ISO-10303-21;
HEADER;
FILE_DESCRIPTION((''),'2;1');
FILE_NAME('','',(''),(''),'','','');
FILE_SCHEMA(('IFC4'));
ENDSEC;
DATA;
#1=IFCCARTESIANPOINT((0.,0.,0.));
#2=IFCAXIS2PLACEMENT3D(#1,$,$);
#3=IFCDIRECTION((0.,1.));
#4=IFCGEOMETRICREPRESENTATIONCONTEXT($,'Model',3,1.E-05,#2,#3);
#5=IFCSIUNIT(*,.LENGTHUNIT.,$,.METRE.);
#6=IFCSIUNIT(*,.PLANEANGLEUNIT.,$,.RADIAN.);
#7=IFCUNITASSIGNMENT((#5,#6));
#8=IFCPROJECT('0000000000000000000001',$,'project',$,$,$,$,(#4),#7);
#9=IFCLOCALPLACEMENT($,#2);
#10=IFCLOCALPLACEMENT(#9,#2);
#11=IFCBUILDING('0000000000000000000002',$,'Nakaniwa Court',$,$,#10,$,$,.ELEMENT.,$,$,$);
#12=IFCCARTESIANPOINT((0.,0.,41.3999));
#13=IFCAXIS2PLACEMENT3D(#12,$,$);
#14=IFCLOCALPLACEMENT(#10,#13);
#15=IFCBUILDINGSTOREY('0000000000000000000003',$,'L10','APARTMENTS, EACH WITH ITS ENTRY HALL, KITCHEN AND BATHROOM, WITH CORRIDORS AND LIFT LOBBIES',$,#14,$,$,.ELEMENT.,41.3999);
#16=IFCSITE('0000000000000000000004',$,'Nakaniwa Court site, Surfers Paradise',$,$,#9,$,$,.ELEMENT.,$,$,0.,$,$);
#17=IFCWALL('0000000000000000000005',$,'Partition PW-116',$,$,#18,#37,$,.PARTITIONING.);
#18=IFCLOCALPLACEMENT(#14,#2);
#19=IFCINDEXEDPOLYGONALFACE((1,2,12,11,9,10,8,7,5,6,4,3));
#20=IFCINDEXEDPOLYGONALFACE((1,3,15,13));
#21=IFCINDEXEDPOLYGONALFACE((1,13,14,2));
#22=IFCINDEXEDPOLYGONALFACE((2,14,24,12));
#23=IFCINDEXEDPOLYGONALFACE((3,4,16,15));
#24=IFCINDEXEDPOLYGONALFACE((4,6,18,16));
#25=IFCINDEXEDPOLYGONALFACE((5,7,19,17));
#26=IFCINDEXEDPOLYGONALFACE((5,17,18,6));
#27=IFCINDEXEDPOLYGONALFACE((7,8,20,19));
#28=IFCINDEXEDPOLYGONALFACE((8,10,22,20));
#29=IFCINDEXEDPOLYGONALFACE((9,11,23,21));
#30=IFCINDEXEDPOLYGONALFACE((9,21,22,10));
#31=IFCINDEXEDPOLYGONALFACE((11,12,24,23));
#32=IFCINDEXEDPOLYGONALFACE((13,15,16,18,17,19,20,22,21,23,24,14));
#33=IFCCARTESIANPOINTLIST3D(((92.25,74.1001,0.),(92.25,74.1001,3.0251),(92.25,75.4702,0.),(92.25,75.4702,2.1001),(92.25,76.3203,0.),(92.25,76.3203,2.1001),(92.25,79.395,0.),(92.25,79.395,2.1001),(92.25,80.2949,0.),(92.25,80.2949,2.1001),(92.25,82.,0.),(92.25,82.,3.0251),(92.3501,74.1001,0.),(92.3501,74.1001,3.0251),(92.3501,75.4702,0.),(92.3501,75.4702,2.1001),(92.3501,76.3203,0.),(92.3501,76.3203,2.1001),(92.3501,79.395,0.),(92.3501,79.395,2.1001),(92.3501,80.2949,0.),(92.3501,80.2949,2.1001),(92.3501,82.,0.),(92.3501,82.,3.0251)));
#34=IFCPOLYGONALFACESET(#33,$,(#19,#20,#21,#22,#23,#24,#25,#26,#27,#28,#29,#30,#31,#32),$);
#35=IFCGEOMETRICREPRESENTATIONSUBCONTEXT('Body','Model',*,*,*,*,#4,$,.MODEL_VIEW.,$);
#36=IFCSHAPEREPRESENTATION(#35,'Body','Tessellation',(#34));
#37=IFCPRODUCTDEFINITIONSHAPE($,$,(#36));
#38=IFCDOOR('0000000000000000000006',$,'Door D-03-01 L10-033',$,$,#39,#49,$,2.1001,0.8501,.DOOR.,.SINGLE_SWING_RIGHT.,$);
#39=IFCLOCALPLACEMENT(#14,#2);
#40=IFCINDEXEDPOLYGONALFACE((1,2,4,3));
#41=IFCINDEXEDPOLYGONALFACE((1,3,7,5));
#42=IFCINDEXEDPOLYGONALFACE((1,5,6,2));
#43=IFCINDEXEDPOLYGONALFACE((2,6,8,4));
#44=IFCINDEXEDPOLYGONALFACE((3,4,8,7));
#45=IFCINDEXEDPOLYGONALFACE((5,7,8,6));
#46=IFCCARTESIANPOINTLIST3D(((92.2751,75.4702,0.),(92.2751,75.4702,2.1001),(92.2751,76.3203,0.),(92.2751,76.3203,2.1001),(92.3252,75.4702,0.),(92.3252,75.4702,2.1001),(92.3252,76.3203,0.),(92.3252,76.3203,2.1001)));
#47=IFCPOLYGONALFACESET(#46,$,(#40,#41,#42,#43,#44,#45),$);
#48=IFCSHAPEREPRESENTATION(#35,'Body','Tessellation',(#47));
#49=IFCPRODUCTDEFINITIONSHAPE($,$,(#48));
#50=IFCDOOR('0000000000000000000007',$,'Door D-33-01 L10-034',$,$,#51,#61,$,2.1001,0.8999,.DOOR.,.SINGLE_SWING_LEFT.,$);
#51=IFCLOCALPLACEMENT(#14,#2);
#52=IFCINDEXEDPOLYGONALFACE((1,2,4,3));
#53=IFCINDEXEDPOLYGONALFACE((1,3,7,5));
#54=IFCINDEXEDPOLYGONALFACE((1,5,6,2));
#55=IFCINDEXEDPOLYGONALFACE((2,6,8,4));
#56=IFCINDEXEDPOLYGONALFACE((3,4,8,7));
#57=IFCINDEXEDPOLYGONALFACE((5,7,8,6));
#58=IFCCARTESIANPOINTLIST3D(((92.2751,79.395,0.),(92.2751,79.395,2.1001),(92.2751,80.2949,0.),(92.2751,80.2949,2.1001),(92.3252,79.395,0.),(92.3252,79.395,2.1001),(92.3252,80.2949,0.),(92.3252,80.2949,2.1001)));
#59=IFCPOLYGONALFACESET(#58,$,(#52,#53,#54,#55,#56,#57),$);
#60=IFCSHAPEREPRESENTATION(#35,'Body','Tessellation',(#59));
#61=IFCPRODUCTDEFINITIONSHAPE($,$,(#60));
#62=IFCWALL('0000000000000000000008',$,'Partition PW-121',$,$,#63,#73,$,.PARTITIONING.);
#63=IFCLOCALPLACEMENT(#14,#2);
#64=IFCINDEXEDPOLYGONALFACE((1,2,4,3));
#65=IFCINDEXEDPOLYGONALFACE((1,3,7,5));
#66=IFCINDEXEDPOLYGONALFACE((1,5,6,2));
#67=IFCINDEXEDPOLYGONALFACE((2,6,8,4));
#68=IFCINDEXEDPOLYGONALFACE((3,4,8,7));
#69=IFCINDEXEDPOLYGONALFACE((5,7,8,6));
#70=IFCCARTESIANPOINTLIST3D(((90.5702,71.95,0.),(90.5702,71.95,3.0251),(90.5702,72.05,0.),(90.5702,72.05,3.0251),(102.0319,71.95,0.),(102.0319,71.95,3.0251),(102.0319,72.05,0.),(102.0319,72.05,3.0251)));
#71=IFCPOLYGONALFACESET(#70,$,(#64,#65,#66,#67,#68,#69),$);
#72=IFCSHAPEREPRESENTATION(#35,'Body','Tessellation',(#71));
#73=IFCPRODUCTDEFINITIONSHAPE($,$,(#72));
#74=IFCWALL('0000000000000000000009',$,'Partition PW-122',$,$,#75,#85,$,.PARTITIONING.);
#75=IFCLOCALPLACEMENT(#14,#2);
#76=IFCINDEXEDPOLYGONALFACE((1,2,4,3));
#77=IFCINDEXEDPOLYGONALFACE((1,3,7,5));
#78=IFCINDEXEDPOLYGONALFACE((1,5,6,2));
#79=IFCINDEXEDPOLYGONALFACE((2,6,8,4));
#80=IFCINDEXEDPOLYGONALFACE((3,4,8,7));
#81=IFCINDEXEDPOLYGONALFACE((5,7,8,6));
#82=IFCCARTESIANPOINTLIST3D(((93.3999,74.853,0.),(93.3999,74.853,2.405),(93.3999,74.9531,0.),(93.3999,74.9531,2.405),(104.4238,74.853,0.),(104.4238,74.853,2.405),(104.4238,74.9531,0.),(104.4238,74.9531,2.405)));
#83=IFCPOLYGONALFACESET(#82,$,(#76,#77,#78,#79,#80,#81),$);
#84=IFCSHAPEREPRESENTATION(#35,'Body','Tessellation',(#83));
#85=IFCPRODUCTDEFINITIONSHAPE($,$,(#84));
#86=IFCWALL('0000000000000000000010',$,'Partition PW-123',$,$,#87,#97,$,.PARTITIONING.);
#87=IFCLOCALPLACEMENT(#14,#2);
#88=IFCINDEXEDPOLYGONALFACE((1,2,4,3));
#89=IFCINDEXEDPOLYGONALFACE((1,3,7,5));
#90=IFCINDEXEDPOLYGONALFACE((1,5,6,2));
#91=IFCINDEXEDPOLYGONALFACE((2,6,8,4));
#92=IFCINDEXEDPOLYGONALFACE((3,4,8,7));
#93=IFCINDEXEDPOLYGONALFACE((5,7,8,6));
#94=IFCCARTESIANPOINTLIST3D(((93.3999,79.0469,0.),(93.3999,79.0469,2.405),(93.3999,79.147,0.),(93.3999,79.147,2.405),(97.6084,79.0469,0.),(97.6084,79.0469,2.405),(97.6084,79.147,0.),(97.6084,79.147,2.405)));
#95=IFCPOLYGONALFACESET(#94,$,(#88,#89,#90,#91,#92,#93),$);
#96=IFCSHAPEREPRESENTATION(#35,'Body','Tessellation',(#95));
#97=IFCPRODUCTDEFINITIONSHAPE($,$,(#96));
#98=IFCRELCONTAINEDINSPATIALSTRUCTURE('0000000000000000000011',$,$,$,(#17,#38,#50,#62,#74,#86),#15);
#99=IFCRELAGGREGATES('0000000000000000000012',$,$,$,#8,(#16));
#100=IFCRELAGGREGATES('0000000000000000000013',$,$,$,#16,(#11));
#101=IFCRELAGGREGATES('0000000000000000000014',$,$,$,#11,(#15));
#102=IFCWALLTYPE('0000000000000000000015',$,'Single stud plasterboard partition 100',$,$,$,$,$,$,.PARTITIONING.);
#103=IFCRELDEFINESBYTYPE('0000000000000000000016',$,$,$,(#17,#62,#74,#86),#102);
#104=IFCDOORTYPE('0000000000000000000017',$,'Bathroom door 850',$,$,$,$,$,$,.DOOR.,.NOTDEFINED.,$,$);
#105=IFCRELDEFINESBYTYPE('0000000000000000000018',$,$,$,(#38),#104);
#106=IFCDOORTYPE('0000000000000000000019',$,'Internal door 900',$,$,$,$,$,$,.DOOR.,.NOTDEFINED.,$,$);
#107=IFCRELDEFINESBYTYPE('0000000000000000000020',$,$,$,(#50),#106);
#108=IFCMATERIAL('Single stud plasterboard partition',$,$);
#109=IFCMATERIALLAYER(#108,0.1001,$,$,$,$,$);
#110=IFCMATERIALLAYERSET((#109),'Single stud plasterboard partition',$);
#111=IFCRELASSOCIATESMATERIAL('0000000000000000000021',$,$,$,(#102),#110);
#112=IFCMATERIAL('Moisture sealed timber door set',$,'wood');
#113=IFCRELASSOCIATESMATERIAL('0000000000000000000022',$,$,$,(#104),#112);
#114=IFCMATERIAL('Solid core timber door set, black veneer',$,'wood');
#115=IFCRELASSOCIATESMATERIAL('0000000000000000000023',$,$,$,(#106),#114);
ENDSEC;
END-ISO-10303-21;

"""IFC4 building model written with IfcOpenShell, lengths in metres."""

from ifc_helpers import new_model, si_unit, direction, frame, frame_2d, origin, place, context, subcontext, project, spatial, rectangle, extrude, material, layer, layer_set, type_object, element, fill, save


model = new_model("IFC4")

# Units and contexts
model_context = context("Model", 3, precision=1e-05, world=origin(), true_north=direction((0.0, 1.0)))
body_context = subcontext(model_context, "Body", "Model", "MODEL_VIEW")
ifc_project = project(units=[si_unit("LENGTHUNIT", "METRE"), si_unit("PLANEANGLEUNIT", "RADIAN")], contexts=[model_context])

# Site, building, storey
site_placement = place(None, origin())
site = spatial("IfcSite", under=ifc_project, at=site_placement, Name="Nakaniwa Court site, Surfers Paradise", CompositionType="ELEMENT", RefElevation=0.0)
building_placement = place(site_placement, origin())
building = spatial("IfcBuilding", under=site, at=building_placement, Name="Nakaniwa Court", CompositionType="ELEMENT")
storey_placement = place(building_placement, frame((0.0, 0.0, 41.3999)))
storey = spatial("IfcBuildingStorey", under=building, at=storey_placement, Name="L10", Description="APARTMENTS, EACH WITH ITS ENTRY HALL, KITCHEN AND BATHROOM, WITH CORRIDORS AND LIFT LOBBIES", CompositionType="ELEMENT", Elevation=41.3999)

# Shared definitions
ifc_material_1 = material(Name="Solid core timber door set, black veneer", Category="wood")

# Shared definitions
ifc_material_2 = material(Name="Single stud plasterboard partition")
ifc_layer_1 = layer(ifc_material_2, 0.1001)
ifc_layer_set_1 = layer_set([ifc_layer_1], Name="Single stud plasterboard partition")
wall_type_1 = type_object("IfcWallType", Name="Single stud plasterboard partition 100", PredefinedType="PARTITIONING", material=ifc_layer_set_1)

# Wall, openings, doors
wall_1_placement = place(storey_placement, frame((92.3, 74.1001, 0.0), z_axis=(0.0, 0.0, 1.0), x_axis=(0.0, 1.0, 0.0)))
wall_1 = element("IfcWall", 1, at=wall_1_placement, inside=storey, type_object=wall_type_1, Name="Partition PW-116", PredefinedType="PARTITIONING", context=body_context, shape_type="SweptSolid", body=[
    extrude(rectangle(XDim=7.8999, YDim=0.1001, at=frame_2d((3.95, 0.0))), origin(), (0.0, 0.0, 1.0), 3.0251),
])
opening_1_placement = place(wall_1_placement, frame((1.3701, 0.0, 0.0)))
opening_1 = element("IfcOpeningElement", 2, at=opening_1_placement, cuts=wall_1, PredefinedType="OPENING", context=body_context, shape_type="SweptSolid", body=[
    extrude(rectangle(XDim=0.8501, YDim=2.1001, at=frame_2d((0.425, 1.05))), frame((0.0, 0.0601, 0.0), z_axis=(0.0, -1.0, 0.0), x_axis=(1.0, 0.0, 0.0)), (0.0, 0.0, 1.0), 0.1201),
])
opening_2_placement = place(wall_1_placement, frame((5.2949, 0.0, 0.0)))
opening_2 = element("IfcOpeningElement", 3, at=opening_2_placement, cuts=wall_1, PredefinedType="OPENING", context=body_context, shape_type="SweptSolid", body=[
    extrude(rectangle(XDim=0.8999, YDim=2.1001, at=frame_2d((0.45, 1.05))), frame((0.0, 0.0601, 0.0), z_axis=(0.0, -1.0, 0.0), x_axis=(1.0, 0.0, 0.0)), (0.0, 0.0, 1.0), 0.1201),
])
ifc_material_3 = material(Name="Moisture sealed timber door set", Category="wood")
door_type_1 = type_object("IfcDoorType", Name="Bathroom door 850", OperationType="NOTDEFINED", PredefinedType="DOOR", material=ifc_material_3)
door_1_placement = place(opening_1_placement, origin())
door_1 = element("IfcDoor", 4, at=door_1_placement, inside=storey, type_object=door_type_1, Name="Door D-03-01 L10-033", OperationType="SINGLE_SWING_RIGHT", OverallHeight=2.1001, OverallWidth=0.8501, PredefinedType="DOOR", context=body_context, shape_type="SweptSolid", body=[
    extrude(rectangle(XDim=0.8501, YDim=2.1001, at=frame_2d((0.425, 1.05))), frame((0.0, 0.0249, 0.0), z_axis=(0.0, -1.0, 0.0), x_axis=(1.0, 0.0, 0.0)), (0.0, 0.0, 1.0), 0.05),
])
fill(opening_1, door_1)
door_type_2 = type_object("IfcDoorType", Name="Internal door 900", OperationType="NOTDEFINED", PredefinedType="DOOR", material=ifc_material_1)
door_2_placement = place(opening_2_placement, origin())
door_2 = element("IfcDoor", 5, at=door_2_placement, inside=storey, type_object=door_type_2, Name="Door D-33-01 L10-034", OperationType="SINGLE_SWING_LEFT", OverallHeight=2.1001, OverallWidth=0.8999, PredefinedType="DOOR", context=body_context, shape_type="SweptSolid", body=[
    extrude(rectangle(XDim=0.8999, YDim=2.1001, at=frame_2d((0.45, 1.05))), frame((0.0, 0.0249, 0.0), z_axis=(0.0, -1.0, 0.0), x_axis=(1.0, 0.0, 0.0)), (0.0, 0.0, 1.0), 0.05),
])
fill(opening_2, door_2)

# Walls
wall_2_placement = place(storey_placement, frame((90.5701, 72.0, 0.0), z_axis=(0.0, 0.0, 1.0), x_axis=(1.0, 0.0, 0.0)))
element("IfcWall", 6, at=wall_2_placement, inside=storey, type_object=wall_type_1, Name="Partition PW-121", PredefinedType="PARTITIONING", context=body_context, shape_type="SweptSolid", body=[
    extrude(rectangle(XDim=11.4617, YDim=0.1001, at=frame_2d((5.731, 0.0))), origin(), (0.0, 0.0, 1.0), 3.0251),
])
wall_3_placement = place(storey_placement, frame((93.3999, 74.9031, 0.0), z_axis=(0.0, 0.0, 1.0), x_axis=(1.0, 0.0, 0.0)))
element("IfcWall", 7, at=wall_3_placement, inside=storey, type_object=wall_type_1, Name="Partition PW-122", PredefinedType="PARTITIONING", context=body_context, shape_type="SweptSolid", body=[
    extrude(rectangle(XDim=11.0239, YDim=0.1001, at=frame_2d((5.512, 0.0))), origin(), (0.0, 0.0, 1.0), 2.405),
])
wall_4_placement = place(storey_placement, frame((93.3999, 79.0969, 0.0), z_axis=(0.0, 0.0, 1.0), x_axis=(1.0, 0.0, 0.0)))
element("IfcWall", 8, at=wall_4_placement, inside=storey, type_object=wall_type_1, Name="Partition PW-123", PredefinedType="PARTITIONING", context=body_context, shape_type="SweptSolid", body=[
    extrude(rectangle(XDim=4.2085, YDim=0.1001, at=frame_2d((2.1042, 0.0))), origin(), (0.0, 0.0, 1.0), 2.405),
])

save(model, "model.ifc")
